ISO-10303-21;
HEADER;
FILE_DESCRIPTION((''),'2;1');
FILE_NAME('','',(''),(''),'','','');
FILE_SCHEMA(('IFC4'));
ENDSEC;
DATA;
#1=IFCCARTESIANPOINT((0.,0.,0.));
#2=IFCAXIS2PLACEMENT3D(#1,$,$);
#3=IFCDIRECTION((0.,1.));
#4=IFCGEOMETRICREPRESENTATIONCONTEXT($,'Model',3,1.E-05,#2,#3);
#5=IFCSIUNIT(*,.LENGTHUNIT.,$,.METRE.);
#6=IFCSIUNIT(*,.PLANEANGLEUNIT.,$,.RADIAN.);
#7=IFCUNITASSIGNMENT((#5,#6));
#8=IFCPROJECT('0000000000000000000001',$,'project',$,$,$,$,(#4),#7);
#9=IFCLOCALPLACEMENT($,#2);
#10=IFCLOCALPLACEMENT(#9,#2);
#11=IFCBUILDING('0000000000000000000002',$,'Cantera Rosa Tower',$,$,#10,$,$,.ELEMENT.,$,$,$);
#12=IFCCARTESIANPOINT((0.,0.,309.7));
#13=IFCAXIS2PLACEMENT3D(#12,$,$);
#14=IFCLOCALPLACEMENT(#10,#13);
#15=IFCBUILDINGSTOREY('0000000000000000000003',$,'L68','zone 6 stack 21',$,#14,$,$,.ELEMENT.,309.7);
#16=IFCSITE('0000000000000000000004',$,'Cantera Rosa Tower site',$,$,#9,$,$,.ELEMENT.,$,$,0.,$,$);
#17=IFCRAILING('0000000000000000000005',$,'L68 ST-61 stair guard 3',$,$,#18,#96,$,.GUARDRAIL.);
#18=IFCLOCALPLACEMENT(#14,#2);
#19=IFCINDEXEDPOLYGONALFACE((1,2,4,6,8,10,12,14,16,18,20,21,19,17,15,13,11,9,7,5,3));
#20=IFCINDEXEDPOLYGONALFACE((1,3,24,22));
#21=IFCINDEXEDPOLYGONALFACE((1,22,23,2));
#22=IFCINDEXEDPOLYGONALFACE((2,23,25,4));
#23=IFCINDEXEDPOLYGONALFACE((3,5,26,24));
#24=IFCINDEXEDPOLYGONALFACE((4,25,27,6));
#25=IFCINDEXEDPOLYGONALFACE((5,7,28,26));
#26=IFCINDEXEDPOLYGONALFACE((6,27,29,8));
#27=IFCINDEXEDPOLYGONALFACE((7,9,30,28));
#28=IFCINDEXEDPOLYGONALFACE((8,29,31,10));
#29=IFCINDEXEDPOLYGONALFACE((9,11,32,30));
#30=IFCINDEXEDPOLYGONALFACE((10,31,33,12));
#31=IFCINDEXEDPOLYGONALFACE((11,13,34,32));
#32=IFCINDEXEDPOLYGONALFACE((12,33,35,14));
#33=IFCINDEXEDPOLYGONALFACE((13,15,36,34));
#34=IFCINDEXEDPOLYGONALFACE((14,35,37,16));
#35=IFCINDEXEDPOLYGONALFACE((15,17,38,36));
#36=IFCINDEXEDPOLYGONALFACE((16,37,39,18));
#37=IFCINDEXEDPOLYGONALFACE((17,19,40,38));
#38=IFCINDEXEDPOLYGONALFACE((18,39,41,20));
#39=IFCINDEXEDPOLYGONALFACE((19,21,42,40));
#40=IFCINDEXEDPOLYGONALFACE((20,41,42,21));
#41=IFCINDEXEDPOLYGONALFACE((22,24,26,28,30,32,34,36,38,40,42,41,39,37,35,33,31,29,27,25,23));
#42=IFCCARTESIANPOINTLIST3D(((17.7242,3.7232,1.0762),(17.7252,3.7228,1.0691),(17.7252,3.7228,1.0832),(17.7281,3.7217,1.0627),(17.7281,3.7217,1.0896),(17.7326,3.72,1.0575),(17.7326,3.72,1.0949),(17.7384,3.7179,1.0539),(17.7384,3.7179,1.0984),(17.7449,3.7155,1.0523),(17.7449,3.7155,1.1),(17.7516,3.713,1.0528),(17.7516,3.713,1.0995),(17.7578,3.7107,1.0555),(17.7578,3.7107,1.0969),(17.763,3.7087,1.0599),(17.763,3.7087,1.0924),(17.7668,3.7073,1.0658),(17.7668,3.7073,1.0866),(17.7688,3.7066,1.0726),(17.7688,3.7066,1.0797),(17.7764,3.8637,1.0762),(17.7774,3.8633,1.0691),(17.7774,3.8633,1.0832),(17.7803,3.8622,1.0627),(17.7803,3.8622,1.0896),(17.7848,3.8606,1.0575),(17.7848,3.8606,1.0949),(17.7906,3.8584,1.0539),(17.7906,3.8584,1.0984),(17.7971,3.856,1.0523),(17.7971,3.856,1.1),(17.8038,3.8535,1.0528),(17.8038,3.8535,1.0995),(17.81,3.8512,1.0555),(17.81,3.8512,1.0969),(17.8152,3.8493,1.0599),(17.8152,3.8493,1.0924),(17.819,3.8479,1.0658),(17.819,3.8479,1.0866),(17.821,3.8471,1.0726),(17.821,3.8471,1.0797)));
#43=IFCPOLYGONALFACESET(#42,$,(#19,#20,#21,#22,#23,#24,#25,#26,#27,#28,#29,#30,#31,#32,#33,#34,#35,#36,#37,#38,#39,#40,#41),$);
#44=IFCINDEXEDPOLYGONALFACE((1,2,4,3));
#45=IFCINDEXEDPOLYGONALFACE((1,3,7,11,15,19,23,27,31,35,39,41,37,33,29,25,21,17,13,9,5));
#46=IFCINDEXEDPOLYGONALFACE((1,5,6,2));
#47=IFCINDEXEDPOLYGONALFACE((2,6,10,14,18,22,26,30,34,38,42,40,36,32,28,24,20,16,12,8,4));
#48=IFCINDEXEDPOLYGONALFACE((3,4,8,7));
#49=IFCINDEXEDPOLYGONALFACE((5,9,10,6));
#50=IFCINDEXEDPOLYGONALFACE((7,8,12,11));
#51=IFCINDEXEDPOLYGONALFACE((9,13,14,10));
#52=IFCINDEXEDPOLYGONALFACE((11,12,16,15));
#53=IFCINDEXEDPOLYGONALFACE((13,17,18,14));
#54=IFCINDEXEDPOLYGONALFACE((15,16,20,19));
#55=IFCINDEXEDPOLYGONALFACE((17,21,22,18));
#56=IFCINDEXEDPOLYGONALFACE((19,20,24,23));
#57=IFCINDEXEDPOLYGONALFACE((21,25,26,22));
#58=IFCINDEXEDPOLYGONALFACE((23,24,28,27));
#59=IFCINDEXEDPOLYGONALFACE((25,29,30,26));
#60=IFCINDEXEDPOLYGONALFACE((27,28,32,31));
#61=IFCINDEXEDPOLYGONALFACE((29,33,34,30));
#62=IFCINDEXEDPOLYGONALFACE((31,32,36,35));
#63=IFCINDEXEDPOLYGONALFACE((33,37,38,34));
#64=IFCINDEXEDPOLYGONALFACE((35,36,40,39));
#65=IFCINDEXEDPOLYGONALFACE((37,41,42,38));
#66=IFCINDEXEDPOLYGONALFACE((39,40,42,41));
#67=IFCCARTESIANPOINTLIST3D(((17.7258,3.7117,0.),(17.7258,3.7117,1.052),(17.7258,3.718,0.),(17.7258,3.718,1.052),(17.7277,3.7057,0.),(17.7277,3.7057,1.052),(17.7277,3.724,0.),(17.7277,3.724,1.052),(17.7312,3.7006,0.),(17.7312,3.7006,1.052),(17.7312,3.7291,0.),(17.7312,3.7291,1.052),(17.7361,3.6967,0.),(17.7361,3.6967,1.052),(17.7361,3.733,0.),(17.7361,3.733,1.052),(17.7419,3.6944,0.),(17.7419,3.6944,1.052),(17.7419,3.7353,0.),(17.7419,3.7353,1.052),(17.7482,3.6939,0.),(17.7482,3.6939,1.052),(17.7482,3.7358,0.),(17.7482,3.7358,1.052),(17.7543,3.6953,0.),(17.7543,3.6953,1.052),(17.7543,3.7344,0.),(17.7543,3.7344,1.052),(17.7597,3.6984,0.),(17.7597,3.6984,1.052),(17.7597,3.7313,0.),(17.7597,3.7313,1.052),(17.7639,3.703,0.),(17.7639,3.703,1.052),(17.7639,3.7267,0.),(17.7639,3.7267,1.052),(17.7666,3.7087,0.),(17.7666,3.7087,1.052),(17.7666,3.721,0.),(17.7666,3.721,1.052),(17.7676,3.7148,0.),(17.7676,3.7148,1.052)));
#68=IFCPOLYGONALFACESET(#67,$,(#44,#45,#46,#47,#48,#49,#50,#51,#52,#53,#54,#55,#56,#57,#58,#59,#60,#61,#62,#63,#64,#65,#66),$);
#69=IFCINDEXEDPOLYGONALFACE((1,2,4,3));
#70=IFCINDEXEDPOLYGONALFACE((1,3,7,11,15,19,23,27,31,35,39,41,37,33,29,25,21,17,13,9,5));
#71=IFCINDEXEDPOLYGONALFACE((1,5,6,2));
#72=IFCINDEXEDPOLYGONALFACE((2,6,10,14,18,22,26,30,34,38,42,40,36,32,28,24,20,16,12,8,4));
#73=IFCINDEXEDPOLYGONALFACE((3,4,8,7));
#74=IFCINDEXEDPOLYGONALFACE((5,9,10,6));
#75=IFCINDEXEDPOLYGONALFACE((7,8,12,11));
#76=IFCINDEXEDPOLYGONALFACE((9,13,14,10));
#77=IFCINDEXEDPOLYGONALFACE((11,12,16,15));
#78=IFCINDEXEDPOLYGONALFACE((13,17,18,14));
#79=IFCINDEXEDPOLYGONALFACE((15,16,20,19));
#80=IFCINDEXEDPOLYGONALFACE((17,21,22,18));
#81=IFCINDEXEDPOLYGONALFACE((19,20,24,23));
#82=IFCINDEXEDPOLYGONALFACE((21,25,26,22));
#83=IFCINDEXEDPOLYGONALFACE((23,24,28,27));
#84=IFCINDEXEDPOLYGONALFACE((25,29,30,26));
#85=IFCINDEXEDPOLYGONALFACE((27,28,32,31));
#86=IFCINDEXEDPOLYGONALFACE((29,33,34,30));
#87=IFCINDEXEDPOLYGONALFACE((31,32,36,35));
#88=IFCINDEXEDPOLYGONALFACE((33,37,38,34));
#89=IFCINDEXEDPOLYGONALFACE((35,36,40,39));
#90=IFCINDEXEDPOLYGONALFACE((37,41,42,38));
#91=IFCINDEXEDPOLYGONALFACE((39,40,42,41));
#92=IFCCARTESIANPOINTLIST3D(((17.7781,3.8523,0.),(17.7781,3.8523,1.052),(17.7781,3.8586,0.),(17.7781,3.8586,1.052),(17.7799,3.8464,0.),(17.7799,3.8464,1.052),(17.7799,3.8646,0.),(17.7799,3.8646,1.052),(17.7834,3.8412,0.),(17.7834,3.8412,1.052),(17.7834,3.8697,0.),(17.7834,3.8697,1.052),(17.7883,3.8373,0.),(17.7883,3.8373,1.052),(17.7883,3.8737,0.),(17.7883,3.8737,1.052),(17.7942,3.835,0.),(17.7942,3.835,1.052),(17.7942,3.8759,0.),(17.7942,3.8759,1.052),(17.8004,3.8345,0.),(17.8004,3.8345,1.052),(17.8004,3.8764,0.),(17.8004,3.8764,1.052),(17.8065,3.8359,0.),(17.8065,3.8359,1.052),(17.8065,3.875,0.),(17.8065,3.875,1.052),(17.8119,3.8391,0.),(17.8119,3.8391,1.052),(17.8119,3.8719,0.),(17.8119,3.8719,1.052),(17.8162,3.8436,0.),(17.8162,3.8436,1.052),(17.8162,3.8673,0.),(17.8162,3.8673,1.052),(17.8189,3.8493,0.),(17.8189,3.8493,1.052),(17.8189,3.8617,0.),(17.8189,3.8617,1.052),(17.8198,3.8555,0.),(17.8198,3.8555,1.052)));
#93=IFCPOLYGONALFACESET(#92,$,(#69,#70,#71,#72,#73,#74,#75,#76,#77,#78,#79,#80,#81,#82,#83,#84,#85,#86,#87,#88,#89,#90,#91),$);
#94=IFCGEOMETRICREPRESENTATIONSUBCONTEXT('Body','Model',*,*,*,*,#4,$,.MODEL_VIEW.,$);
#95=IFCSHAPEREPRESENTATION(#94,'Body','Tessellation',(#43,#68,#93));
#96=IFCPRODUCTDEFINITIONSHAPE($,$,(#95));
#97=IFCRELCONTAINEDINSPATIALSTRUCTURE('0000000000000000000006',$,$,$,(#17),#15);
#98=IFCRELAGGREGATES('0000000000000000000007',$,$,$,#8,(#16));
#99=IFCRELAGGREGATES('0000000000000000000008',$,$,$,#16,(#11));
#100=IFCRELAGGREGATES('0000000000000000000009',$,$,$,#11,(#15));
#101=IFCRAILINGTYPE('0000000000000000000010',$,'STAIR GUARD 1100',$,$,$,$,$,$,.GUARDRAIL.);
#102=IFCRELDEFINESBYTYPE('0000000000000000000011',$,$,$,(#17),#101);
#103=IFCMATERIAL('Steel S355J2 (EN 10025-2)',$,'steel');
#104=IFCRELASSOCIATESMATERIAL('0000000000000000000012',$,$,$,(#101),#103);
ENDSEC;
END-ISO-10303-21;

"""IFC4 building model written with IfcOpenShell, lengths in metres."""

from ifc_helpers import new_model, si_unit, direction, frame, origin, origin_2d, place, context, subcontext, project, spatial, circle, extrude, material, type_object, element, save


model = new_model("IFC4")

# Units and contexts
model_context = context("Model", 3, precision=1e-05, world=origin(), true_north=direction((0.0, 1.0)))
body_context = subcontext(model_context, "Body", "Model", "MODEL_VIEW")
ifc_project = project(units=[si_unit("LENGTHUNIT", "METRE"), si_unit("PLANEANGLEUNIT", "RADIAN")], contexts=[model_context])

# Site, building, storey
site_placement = place(None, origin())
site = spatial("IfcSite", under=ifc_project, at=site_placement, Name="Cantera Rosa Tower site", CompositionType="ELEMENT", RefElevation=0.0)
building_placement = place(site_placement, origin())
building = spatial("IfcBuilding", under=site, at=building_placement, Name="Cantera Rosa Tower", CompositionType="ELEMENT")
storey_placement = place(building_placement, frame((0.0, 0.0, 309.7)))
storey = spatial("IfcBuildingStorey", under=building, at=storey_placement, Name="L68", Description="zone 6 stack 21", CompositionType="ELEMENT", Elevation=309.7)

# Railing
ifc_material_1 = material(Name="Steel S355J2 (EN 10025-2)", Category="steel")
railing_type_1 = type_object("IfcRailingType", Name="STAIR GUARD 1100", PredefinedType="GUARDRAIL", material=ifc_material_1)
railing_1_placement = place(storey_placement, frame((17.7466, 3.7148, 0.0)))
element("IfcRailing", 1, at=railing_1_placement, inside=storey, type_object=railing_type_1, Name="L68 ST-61 stair guard 3", PredefinedType="GUARDRAIL", context=body_context, shape_type="SweptSolid", body=[
    extrude(circle(Radius=0.0239, at=origin_2d()), frame((0.0, 0.0, 1.0762), z_axis=(0.348268, 0.937395, 0.0), x_axis=(-0.937395, 0.348268, 0.0)), (0.0, 0.0, 1.0), 0.1499),
    extrude(circle(Radius=0.021, at=origin_2d()), origin(), (0.0, 0.0, 1.0), 1.052),
    extrude(circle(Radius=0.021, at=origin_2d()), frame((0.0522, 0.1406, 0.0)), (0.0, 0.0, 1.0), 1.052),
])

save(model, "model.ifc")
